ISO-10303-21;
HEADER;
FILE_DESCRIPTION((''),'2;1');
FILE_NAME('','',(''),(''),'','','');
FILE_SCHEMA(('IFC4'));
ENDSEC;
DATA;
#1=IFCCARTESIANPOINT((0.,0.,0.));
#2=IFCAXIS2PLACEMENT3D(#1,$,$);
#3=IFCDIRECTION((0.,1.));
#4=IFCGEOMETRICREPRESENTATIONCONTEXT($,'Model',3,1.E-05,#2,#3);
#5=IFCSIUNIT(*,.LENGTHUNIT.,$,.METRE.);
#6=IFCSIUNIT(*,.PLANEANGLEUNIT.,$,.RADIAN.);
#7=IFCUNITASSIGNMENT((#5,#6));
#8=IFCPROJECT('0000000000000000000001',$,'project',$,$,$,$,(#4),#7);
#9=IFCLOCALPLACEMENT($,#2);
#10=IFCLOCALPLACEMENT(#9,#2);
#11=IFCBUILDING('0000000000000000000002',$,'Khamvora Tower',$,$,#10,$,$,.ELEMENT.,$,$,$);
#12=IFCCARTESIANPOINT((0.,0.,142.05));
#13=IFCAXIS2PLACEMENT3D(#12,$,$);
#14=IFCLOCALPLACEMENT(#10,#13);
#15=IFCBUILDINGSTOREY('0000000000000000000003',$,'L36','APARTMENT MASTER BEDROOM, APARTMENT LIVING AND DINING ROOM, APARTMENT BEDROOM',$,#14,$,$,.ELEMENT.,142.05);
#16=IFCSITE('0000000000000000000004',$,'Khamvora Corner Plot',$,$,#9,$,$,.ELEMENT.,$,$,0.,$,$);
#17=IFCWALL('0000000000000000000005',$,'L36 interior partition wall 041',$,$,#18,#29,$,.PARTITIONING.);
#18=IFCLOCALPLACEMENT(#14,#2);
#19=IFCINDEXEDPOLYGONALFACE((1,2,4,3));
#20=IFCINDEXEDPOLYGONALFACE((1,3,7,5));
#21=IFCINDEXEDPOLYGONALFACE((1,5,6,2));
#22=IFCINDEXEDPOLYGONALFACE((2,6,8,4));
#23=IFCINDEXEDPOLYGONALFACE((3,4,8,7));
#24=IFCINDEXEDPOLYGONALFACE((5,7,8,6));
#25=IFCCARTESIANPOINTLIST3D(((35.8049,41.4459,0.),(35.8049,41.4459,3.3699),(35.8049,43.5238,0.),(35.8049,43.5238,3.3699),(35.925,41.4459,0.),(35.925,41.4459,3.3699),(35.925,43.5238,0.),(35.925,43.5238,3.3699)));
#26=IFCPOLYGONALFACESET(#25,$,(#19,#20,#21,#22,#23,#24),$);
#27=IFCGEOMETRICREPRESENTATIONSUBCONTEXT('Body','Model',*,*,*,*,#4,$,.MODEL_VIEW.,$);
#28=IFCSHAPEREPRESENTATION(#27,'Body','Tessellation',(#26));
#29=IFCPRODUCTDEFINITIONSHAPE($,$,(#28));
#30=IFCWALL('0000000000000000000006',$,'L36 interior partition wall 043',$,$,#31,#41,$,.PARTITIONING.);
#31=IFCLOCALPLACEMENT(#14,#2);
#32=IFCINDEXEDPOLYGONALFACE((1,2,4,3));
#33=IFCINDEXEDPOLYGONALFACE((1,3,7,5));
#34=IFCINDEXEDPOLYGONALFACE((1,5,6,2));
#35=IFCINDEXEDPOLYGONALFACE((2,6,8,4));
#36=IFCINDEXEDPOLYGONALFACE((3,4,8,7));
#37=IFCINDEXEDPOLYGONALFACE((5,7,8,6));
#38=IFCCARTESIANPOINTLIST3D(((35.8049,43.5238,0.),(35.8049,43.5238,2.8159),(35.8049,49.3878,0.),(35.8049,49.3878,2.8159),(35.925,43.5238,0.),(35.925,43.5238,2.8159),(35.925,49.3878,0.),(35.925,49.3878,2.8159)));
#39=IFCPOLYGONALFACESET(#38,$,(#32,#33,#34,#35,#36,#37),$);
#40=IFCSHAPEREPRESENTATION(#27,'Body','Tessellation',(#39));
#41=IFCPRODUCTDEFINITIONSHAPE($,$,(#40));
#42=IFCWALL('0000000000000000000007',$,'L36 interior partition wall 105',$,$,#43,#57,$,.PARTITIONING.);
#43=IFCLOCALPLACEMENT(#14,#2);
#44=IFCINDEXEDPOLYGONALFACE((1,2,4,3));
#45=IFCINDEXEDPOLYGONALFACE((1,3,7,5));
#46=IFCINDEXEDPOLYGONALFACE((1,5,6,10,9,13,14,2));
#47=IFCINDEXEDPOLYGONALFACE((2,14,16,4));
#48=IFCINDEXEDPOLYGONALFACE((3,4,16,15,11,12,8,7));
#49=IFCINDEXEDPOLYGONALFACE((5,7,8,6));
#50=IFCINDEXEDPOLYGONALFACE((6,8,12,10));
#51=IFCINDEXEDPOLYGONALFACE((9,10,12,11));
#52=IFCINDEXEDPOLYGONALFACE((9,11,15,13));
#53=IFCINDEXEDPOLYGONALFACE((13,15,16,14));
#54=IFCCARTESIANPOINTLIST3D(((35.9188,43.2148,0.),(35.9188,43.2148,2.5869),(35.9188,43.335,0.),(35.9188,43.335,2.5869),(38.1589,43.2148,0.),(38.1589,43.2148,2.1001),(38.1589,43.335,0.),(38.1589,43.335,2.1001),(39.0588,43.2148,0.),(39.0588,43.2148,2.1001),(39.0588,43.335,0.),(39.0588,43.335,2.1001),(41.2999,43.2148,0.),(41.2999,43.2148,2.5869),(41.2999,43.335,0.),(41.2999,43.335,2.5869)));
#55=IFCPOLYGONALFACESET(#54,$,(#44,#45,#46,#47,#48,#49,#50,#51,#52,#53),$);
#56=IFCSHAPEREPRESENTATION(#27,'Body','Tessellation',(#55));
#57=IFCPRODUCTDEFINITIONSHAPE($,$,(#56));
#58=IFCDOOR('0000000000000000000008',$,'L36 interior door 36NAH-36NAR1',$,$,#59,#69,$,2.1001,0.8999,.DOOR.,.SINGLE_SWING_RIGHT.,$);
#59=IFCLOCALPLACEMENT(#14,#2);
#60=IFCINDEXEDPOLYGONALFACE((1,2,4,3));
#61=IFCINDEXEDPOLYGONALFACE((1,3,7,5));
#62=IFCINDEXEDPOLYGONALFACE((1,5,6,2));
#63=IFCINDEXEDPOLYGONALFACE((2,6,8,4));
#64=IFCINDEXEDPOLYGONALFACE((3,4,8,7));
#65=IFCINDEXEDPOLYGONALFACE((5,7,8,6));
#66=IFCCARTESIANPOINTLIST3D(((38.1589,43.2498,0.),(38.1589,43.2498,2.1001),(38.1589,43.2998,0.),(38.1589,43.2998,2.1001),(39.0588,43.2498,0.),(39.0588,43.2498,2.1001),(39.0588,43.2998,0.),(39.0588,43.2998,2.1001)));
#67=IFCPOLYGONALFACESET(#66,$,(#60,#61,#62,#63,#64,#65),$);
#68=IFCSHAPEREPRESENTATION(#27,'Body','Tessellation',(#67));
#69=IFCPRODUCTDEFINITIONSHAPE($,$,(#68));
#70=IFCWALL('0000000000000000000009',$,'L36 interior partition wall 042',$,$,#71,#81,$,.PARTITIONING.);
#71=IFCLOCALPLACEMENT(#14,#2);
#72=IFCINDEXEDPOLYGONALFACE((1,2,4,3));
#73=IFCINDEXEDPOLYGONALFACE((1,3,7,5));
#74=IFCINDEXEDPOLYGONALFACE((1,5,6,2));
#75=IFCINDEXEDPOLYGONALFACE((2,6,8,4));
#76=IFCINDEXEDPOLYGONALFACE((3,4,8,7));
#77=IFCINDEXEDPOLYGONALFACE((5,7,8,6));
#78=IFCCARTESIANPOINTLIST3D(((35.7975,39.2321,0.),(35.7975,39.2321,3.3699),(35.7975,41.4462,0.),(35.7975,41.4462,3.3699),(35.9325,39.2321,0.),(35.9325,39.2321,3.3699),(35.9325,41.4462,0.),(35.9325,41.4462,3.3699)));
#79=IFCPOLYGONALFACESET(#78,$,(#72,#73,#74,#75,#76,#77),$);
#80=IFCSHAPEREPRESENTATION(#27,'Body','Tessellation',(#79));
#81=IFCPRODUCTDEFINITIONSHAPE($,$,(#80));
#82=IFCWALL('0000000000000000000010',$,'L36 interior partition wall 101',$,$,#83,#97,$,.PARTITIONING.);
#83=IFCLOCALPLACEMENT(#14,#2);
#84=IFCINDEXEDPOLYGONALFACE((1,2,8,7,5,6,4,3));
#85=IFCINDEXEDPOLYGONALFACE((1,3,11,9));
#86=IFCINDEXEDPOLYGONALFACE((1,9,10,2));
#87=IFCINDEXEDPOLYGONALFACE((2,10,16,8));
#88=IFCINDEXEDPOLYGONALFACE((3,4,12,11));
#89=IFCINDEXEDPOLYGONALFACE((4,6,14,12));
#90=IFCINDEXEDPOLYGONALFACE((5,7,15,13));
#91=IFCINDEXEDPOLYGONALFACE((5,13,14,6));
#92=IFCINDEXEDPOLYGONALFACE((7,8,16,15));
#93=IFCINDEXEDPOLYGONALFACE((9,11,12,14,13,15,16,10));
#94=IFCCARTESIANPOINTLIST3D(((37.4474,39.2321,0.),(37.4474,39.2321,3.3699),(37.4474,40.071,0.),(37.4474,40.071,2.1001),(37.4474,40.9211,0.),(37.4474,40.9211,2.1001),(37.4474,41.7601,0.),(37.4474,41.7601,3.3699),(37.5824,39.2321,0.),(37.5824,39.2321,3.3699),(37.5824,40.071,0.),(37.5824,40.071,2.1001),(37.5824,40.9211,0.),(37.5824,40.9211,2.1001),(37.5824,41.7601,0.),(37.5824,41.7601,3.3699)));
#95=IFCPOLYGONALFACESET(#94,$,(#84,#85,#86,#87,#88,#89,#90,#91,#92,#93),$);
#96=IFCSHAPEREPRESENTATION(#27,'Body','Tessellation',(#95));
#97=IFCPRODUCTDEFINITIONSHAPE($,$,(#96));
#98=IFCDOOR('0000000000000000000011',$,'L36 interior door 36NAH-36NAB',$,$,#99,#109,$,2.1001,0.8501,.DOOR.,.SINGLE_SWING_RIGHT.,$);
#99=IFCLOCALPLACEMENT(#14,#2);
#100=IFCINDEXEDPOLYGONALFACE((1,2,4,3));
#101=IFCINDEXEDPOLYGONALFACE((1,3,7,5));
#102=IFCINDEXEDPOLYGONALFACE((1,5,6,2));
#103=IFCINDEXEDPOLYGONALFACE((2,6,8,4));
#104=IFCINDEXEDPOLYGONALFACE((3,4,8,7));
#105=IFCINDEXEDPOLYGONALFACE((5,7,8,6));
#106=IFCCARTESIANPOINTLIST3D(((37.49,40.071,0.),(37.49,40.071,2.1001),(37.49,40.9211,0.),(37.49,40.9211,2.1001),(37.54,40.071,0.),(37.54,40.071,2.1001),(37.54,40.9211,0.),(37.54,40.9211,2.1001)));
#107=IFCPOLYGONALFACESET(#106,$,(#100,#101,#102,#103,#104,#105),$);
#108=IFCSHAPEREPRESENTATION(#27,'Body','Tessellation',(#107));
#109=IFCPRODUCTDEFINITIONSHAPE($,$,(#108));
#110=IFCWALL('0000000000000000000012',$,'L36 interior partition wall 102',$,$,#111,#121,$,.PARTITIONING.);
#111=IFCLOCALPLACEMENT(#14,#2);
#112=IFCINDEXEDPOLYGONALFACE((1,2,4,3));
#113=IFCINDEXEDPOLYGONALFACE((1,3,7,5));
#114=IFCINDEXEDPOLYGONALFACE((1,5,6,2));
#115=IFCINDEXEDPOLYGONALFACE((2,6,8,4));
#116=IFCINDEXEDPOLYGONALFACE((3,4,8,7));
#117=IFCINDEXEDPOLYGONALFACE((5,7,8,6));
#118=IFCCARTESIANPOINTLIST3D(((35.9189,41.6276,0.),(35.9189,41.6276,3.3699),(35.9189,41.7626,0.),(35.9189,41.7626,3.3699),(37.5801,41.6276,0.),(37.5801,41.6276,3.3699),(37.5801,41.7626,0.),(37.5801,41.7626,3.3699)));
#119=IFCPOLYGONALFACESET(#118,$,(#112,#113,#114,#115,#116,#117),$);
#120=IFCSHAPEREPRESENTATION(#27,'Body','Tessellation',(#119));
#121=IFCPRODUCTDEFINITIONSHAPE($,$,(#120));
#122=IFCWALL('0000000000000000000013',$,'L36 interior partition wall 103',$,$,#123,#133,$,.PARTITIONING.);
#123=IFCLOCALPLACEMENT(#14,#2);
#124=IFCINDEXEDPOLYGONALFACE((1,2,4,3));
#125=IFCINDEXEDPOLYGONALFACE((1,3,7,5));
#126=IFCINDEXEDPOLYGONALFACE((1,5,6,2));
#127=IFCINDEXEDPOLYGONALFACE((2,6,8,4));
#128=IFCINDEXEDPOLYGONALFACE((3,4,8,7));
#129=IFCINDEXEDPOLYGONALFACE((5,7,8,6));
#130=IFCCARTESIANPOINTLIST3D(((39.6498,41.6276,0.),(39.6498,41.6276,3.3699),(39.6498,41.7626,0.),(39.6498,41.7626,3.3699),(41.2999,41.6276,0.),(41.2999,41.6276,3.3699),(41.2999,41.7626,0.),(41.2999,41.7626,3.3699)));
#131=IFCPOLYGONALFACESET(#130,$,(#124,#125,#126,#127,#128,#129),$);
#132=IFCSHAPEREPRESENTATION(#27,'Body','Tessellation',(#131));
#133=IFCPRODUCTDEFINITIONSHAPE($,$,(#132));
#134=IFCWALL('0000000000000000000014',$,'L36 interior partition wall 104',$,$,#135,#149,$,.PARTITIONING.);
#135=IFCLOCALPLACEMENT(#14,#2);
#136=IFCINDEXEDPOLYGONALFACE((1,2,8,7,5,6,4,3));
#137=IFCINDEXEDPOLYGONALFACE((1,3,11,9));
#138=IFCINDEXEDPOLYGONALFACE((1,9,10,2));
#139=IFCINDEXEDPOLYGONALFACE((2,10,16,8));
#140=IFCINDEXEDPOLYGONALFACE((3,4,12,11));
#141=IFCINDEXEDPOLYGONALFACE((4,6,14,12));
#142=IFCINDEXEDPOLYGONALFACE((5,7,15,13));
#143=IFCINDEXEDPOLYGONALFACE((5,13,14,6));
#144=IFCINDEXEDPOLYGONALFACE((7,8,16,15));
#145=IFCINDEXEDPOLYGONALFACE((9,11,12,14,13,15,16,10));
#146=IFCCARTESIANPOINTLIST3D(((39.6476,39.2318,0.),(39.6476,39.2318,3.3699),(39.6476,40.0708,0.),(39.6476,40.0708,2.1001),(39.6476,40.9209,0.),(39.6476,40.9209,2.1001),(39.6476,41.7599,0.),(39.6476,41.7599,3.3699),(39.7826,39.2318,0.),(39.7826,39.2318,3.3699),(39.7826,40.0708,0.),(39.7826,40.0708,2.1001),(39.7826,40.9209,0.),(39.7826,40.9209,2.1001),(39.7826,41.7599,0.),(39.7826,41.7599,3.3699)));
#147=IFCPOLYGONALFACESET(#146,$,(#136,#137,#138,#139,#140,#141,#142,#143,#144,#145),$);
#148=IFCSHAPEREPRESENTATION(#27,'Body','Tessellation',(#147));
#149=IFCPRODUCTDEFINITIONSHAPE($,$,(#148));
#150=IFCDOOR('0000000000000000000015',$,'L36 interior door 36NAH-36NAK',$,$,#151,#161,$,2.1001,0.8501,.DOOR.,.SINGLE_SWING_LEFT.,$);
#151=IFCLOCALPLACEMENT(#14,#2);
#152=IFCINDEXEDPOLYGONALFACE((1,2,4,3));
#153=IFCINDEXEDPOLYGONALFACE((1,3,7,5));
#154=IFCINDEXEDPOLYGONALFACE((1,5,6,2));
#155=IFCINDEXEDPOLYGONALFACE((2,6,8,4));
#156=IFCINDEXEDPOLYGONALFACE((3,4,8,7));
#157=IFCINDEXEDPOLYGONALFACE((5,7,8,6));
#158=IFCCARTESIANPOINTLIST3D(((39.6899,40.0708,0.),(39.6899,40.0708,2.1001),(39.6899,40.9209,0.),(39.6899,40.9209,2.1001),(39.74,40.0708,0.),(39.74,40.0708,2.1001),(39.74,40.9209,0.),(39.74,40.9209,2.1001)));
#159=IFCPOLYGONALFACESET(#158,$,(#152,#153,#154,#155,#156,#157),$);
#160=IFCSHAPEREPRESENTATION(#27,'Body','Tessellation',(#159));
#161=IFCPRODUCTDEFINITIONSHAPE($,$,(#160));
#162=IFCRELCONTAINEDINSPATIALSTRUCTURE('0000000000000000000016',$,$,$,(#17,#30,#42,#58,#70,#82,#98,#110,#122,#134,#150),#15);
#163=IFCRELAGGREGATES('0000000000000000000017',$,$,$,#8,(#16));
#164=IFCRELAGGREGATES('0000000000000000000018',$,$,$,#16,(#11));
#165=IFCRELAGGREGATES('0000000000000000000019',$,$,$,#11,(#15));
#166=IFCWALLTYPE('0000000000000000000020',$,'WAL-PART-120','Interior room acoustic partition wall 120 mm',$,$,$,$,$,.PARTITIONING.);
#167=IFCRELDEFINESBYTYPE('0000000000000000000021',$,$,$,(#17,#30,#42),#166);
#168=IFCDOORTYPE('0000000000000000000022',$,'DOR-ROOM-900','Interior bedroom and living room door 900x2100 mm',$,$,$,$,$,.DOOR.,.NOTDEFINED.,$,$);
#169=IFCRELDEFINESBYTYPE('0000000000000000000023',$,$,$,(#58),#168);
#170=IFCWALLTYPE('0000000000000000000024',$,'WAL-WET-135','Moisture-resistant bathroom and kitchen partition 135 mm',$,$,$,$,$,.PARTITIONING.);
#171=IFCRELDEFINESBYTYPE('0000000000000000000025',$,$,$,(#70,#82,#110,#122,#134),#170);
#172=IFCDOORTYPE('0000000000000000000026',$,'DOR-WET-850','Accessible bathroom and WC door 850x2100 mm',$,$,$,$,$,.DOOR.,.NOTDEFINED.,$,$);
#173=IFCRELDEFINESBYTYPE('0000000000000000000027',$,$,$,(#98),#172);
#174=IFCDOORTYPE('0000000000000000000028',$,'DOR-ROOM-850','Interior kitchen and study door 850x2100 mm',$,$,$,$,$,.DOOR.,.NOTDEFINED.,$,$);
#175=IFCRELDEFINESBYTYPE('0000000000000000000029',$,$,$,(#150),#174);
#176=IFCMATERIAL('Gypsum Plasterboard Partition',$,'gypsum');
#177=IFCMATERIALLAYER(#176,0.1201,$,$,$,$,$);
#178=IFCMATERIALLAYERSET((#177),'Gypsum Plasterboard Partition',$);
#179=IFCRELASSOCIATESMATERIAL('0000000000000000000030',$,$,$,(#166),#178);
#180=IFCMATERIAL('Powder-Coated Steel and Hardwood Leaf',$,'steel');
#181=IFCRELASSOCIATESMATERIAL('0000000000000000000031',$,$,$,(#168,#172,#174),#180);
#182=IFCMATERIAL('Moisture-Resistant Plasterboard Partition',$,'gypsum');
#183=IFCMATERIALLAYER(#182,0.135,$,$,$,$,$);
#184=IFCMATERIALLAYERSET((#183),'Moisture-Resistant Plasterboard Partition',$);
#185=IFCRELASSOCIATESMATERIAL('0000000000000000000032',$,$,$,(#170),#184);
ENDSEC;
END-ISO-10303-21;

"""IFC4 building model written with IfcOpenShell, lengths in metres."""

from ifc_helpers import new_model, si_unit, direction, frame, frame_2d, origin, place, context, subcontext, project, spatial, rectangle, extrude, material, layer, layer_set, type_object, element, fill, save


model = new_model("IFC4")

# Units and contexts
model_context = context("Model", 3, precision=1e-05, world=origin(), true_north=direction((0.0, 1.0)))
body_context = subcontext(model_context, "Body", "Model", "MODEL_VIEW")
ifc_project = project(units=[si_unit("LENGTHUNIT", "METRE"), si_unit("PLANEANGLEUNIT", "RADIAN")], contexts=[model_context])

# Site, building, storey
site_placement = place(None, origin())
site = spatial("IfcSite", under=ifc_project, at=site_placement, Name="Khamvora Corner Plot", CompositionType="ELEMENT", RefElevation=0.0)
building_placement = place(site_placement, origin())
building = spatial("IfcBuilding", under=site, at=building_placement, Name="Khamvora Tower", CompositionType="ELEMENT")
storey_placement = place(building_placement, frame((0.0, 0.0, 142.05)))
storey = spatial("IfcBuildingStorey", under=building, at=storey_placement, Name="L36", Description="APARTMENT MASTER BEDROOM, APARTMENT LIVING AND DINING ROOM, APARTMENT BEDROOM", CompositionType="ELEMENT", Elevation=142.05)

# Shared definitions
ifc_material_1 = material(Name="Powder-Coated Steel and Hardwood Leaf", Category="steel")

# Walls
ifc_material_2 = material(Name="Gypsum Plasterboard Partition", Category="gypsum")
ifc_layer_1 = layer(ifc_material_2, 0.1201)
ifc_layer_set_1 = layer_set([ifc_layer_1], Name="Gypsum Plasterboard Partition")
wall_type_1 = type_object("IfcWallType", Name="WAL-PART-120", Description="Interior room acoustic partition wall 120 mm", PredefinedType="PARTITIONING", material=ifc_layer_set_1)
wall_1_placement = place(storey_placement, frame((35.865, 43.5239, 0.0), z_axis=(0.0, 0.0, 1.0), x_axis=(0.0, -1.0, 0.0)))
element("IfcWall", 1, at=wall_1_placement, inside=storey, type_object=wall_type_1, Name="L36 interior partition wall 041", PredefinedType="PARTITIONING", context=body_context, shape_type="SweptSolid", body=[
    extrude(rectangle(XDim=2.0779, YDim=0.1201, at=frame_2d((1.0391, 0.0))), origin(), (0.0, 0.0, 1.0), 3.3699),
])
wall_2_placement = place(storey_placement, frame((35.865, 49.3879, 0.0), z_axis=(0.0, 0.0, 1.0), x_axis=(0.0, -1.0, 0.0)))
element("IfcWall", 2, at=wall_2_placement, inside=storey, type_object=wall_type_1, Name="L36 interior partition wall 043", PredefinedType="PARTITIONING", context=body_context, shape_type="SweptSolid", body=[
    extrude(rectangle(XDim=5.864, YDim=0.1201, at=frame_2d((2.9321, 0.0))), origin(), (0.0, 0.0, 1.0), 2.8159),
])

# Wall, opening, door
wall_3_placement = place(storey_placement, frame((35.9189, 43.2749, 0.0), z_axis=(0.0, 0.0, 1.0), x_axis=(1.0, 0.0, 0.0)))
wall_3 = element("IfcWall", 3, at=wall_3_placement, inside=storey, type_object=wall_type_1, Name="L36 interior partition wall 105", PredefinedType="PARTITIONING", context=body_context, shape_type="SweptSolid", body=[
    extrude(rectangle(XDim=5.3811, YDim=0.1201, at=frame_2d((2.6904, 0.0))), origin(), (0.0, 0.0, 1.0), 2.5869),
])
opening_1_placement = place(wall_3_placement, frame((2.24, 0.0, 0.0)))
opening_1 = element("IfcOpeningElement", 4, at=opening_1_placement, cuts=wall_3, PredefinedType="OPENING", context=body_context, shape_type="SweptSolid", body=[
    extrude(rectangle(XDim=0.8999, YDim=2.1001, at=frame_2d((0.45, 1.05))), frame((0.0, 0.0701, 0.0), z_axis=(0.0, -1.0, 0.0), x_axis=(1.0, 0.0, 0.0)), (0.0, 0.0, 1.0), 0.1401),
])
door_type_1 = type_object("IfcDoorType", Name="DOR-ROOM-900", Description="Interior bedroom and living room door 900x2100 mm", OperationType="NOTDEFINED", PredefinedType="DOOR", material=ifc_material_1)
door_1_placement = place(opening_1_placement, origin())
door_1 = element("IfcDoor", 5, at=door_1_placement, inside=storey, type_object=door_type_1, Name="L36 interior door 36NAH-36NAR1", OperationType="SINGLE_SWING_RIGHT", OverallHeight=2.1001, OverallWidth=0.8999, PredefinedType="DOOR", context=body_context, shape_type="SweptSolid", body=[
    extrude(rectangle(XDim=0.8999, YDim=2.1001, at=frame_2d((0.45, 1.05))), frame((0.0, 0.0249, 0.0), z_axis=(0.0, -1.0, 0.0), x_axis=(1.0, 0.0, 0.0)), (0.0, 0.0, 1.0), 0.05),
])
fill(opening_1, door_1)

# Wall
ifc_material_3 = material(Name="Moisture-Resistant Plasterboard Partition", Category="gypsum")
ifc_layer_2 = layer(ifc_material_3, 0.135)
ifc_layer_set_2 = layer_set([ifc_layer_2], Name="Moisture-Resistant Plasterboard Partition")
wall_type_2 = type_object("IfcWallType", Name="WAL-WET-135", Description="Moisture-resistant bathroom and kitchen partition 135 mm", PredefinedType="PARTITIONING", material=ifc_layer_set_2)
wall_4_placement = place(storey_placement, frame((35.865, 41.446, 0.0), z_axis=(0.0, 0.0, 1.0), x_axis=(0.0, -1.0, 0.0)))
element("IfcWall", 6, at=wall_4_placement, inside=storey, type_object=wall_type_2, Name="L36 interior partition wall 042", PredefinedType="PARTITIONING", context=body_context, shape_type="SweptSolid", body=[
    extrude(rectangle(XDim=2.2141, YDim=0.135, at=frame_2d((1.1069, 0.0))), origin(), (0.0, 0.0, 1.0), 3.3699),
])

# Wall, opening, door
wall_5_placement = place(storey_placement, frame((37.5149, 39.2319, 0.0), z_axis=(0.0, 0.0, 1.0), x_axis=(0.0, 1.0, 0.0)))
wall_5 = element("IfcWall", 7, at=wall_5_placement, inside=storey, type_object=wall_type_2, Name="L36 interior partition wall 101", PredefinedType="PARTITIONING", context=body_context, shape_type="SweptSolid", body=[
    extrude(rectangle(XDim=2.5281, YDim=0.135, at=frame_2d((1.2642, 0.0))), origin(), (0.0, 0.0, 1.0), 3.3699),
])
opening_2_placement = place(wall_5_placement, frame((0.8391, 0.0, 0.0)))
opening_2 = element("IfcOpeningElement", 8, at=opening_2_placement, cuts=wall_5, PredefinedType="OPENING", context=body_context, shape_type="SweptSolid", body=[
    extrude(rectangle(XDim=0.8501, YDim=2.1001, at=frame_2d((0.425, 1.05))), frame((0.0, 0.0774, 0.0), z_axis=(0.0, -1.0, 0.0), x_axis=(1.0, 0.0, 0.0)), (0.0, 0.0, 1.0), 0.155),
])
door_type_2 = type_object("IfcDoorType", Name="DOR-WET-850", Description="Accessible bathroom and WC door 850x2100 mm", OperationType="NOTDEFINED", PredefinedType="DOOR", material=ifc_material_1)
door_2_placement = place(opening_2_placement, origin())
door_2 = element("IfcDoor", 9, at=door_2_placement, inside=storey, type_object=door_type_2, Name="L36 interior door 36NAH-36NAB", OperationType="SINGLE_SWING_RIGHT", OverallHeight=2.1001, OverallWidth=0.8501, PredefinedType="DOOR", context=body_context, shape_type="SweptSolid", body=[
    extrude(rectangle(XDim=0.8501, YDim=2.1001, at=frame_2d((0.425, 1.05))), frame((0.0, 0.0249, 0.0), z_axis=(0.0, -1.0, 0.0), x_axis=(1.0, 0.0, 0.0)), (0.0, 0.0, 1.0), 0.05),
])
fill(opening_2, door_2)

# Walls
wall_6_placement = place(storey_placement, frame((37.5801, 41.6951, 0.0), z_axis=(0.0, 0.0, 1.0), x_axis=(-1.0, 0.0, 0.0)))
element("IfcWall", 10, at=wall_6_placement, inside=storey, type_object=wall_type_2, Name="L36 interior partition wall 102", PredefinedType="PARTITIONING", context=body_context, shape_type="SweptSolid", body=[
    extrude(rectangle(XDim=1.6611, YDim=0.135, at=frame_2d((0.8306, 0.0))), origin(), (0.0, 0.0, 1.0), 3.3699),
])
wall_7_placement = place(storey_placement, frame((41.3, 41.6951, 0.0), z_axis=(0.0, 0.0, 1.0), x_axis=(-1.0, 0.0, 0.0)))
element("IfcWall", 11, at=wall_7_placement, inside=storey, type_object=wall_type_2, Name="L36 interior partition wall 103", PredefinedType="PARTITIONING", context=body_context, shape_type="SweptSolid", body=[
    extrude(rectangle(XDim=1.6501, YDim=0.135, at=frame_2d((0.8252, 0.0))), origin(), (0.0, 0.0, 1.0), 3.3699),
])

# Wall, opening, door
wall_8_placement = place(storey_placement, frame((39.7151, 41.76, 0.0), z_axis=(0.0, 0.0, 1.0), x_axis=(0.0, -1.0, 0.0)))
wall_8 = element("IfcWall", 12, at=wall_8_placement, inside=storey, type_object=wall_type_2, Name="L36 interior partition wall 104", PredefinedType="PARTITIONING", context=body_context, shape_type="SweptSolid", body=[
    extrude(rectangle(XDim=2.5281, YDim=0.135, at=frame_2d((1.2642, 0.0))), origin(), (0.0, 0.0, 1.0), 3.3699),
])
opening_3_placement = place(wall_8_placement, frame((0.8391, 0.0, 0.0)))
opening_3 = element("IfcOpeningElement", 13, at=opening_3_placement, cuts=wall_8, PredefinedType="OPENING", context=body_context, shape_type="SweptSolid", body=[
    extrude(rectangle(XDim=0.8501, YDim=2.1001, at=frame_2d((0.425, 1.05))), frame((0.0, 0.0774, 0.0), z_axis=(0.0, -1.0, 0.0), x_axis=(1.0, 0.0, 0.0)), (0.0, 0.0, 1.0), 0.155),
])
door_type_3 = type_object("IfcDoorType", Name="DOR-ROOM-850", Description="Interior kitchen and study door 850x2100 mm", OperationType="NOTDEFINED", PredefinedType="DOOR", material=ifc_material_1)
door_3_placement = place(opening_3_placement, origin())
door_3 = element("IfcDoor", 14, at=door_3_placement, inside=storey, type_object=door_type_3, Name="L36 interior door 36NAH-36NAK", OperationType="SINGLE_SWING_LEFT", OverallHeight=2.1001, OverallWidth=0.8501, PredefinedType="DOOR", context=body_context, shape_type="SweptSolid", body=[
    extrude(rectangle(XDim=0.8501, YDim=2.1001, at=frame_2d((0.425, 1.05))), frame((0.0, 0.0249, 0.0), z_axis=(0.0, -1.0, 0.0), x_axis=(1.0, 0.0, 0.0)), (0.0, 0.0, 1.0), 0.05),
])
fill(opening_3, door_3)

save(model, "model.ifc")
